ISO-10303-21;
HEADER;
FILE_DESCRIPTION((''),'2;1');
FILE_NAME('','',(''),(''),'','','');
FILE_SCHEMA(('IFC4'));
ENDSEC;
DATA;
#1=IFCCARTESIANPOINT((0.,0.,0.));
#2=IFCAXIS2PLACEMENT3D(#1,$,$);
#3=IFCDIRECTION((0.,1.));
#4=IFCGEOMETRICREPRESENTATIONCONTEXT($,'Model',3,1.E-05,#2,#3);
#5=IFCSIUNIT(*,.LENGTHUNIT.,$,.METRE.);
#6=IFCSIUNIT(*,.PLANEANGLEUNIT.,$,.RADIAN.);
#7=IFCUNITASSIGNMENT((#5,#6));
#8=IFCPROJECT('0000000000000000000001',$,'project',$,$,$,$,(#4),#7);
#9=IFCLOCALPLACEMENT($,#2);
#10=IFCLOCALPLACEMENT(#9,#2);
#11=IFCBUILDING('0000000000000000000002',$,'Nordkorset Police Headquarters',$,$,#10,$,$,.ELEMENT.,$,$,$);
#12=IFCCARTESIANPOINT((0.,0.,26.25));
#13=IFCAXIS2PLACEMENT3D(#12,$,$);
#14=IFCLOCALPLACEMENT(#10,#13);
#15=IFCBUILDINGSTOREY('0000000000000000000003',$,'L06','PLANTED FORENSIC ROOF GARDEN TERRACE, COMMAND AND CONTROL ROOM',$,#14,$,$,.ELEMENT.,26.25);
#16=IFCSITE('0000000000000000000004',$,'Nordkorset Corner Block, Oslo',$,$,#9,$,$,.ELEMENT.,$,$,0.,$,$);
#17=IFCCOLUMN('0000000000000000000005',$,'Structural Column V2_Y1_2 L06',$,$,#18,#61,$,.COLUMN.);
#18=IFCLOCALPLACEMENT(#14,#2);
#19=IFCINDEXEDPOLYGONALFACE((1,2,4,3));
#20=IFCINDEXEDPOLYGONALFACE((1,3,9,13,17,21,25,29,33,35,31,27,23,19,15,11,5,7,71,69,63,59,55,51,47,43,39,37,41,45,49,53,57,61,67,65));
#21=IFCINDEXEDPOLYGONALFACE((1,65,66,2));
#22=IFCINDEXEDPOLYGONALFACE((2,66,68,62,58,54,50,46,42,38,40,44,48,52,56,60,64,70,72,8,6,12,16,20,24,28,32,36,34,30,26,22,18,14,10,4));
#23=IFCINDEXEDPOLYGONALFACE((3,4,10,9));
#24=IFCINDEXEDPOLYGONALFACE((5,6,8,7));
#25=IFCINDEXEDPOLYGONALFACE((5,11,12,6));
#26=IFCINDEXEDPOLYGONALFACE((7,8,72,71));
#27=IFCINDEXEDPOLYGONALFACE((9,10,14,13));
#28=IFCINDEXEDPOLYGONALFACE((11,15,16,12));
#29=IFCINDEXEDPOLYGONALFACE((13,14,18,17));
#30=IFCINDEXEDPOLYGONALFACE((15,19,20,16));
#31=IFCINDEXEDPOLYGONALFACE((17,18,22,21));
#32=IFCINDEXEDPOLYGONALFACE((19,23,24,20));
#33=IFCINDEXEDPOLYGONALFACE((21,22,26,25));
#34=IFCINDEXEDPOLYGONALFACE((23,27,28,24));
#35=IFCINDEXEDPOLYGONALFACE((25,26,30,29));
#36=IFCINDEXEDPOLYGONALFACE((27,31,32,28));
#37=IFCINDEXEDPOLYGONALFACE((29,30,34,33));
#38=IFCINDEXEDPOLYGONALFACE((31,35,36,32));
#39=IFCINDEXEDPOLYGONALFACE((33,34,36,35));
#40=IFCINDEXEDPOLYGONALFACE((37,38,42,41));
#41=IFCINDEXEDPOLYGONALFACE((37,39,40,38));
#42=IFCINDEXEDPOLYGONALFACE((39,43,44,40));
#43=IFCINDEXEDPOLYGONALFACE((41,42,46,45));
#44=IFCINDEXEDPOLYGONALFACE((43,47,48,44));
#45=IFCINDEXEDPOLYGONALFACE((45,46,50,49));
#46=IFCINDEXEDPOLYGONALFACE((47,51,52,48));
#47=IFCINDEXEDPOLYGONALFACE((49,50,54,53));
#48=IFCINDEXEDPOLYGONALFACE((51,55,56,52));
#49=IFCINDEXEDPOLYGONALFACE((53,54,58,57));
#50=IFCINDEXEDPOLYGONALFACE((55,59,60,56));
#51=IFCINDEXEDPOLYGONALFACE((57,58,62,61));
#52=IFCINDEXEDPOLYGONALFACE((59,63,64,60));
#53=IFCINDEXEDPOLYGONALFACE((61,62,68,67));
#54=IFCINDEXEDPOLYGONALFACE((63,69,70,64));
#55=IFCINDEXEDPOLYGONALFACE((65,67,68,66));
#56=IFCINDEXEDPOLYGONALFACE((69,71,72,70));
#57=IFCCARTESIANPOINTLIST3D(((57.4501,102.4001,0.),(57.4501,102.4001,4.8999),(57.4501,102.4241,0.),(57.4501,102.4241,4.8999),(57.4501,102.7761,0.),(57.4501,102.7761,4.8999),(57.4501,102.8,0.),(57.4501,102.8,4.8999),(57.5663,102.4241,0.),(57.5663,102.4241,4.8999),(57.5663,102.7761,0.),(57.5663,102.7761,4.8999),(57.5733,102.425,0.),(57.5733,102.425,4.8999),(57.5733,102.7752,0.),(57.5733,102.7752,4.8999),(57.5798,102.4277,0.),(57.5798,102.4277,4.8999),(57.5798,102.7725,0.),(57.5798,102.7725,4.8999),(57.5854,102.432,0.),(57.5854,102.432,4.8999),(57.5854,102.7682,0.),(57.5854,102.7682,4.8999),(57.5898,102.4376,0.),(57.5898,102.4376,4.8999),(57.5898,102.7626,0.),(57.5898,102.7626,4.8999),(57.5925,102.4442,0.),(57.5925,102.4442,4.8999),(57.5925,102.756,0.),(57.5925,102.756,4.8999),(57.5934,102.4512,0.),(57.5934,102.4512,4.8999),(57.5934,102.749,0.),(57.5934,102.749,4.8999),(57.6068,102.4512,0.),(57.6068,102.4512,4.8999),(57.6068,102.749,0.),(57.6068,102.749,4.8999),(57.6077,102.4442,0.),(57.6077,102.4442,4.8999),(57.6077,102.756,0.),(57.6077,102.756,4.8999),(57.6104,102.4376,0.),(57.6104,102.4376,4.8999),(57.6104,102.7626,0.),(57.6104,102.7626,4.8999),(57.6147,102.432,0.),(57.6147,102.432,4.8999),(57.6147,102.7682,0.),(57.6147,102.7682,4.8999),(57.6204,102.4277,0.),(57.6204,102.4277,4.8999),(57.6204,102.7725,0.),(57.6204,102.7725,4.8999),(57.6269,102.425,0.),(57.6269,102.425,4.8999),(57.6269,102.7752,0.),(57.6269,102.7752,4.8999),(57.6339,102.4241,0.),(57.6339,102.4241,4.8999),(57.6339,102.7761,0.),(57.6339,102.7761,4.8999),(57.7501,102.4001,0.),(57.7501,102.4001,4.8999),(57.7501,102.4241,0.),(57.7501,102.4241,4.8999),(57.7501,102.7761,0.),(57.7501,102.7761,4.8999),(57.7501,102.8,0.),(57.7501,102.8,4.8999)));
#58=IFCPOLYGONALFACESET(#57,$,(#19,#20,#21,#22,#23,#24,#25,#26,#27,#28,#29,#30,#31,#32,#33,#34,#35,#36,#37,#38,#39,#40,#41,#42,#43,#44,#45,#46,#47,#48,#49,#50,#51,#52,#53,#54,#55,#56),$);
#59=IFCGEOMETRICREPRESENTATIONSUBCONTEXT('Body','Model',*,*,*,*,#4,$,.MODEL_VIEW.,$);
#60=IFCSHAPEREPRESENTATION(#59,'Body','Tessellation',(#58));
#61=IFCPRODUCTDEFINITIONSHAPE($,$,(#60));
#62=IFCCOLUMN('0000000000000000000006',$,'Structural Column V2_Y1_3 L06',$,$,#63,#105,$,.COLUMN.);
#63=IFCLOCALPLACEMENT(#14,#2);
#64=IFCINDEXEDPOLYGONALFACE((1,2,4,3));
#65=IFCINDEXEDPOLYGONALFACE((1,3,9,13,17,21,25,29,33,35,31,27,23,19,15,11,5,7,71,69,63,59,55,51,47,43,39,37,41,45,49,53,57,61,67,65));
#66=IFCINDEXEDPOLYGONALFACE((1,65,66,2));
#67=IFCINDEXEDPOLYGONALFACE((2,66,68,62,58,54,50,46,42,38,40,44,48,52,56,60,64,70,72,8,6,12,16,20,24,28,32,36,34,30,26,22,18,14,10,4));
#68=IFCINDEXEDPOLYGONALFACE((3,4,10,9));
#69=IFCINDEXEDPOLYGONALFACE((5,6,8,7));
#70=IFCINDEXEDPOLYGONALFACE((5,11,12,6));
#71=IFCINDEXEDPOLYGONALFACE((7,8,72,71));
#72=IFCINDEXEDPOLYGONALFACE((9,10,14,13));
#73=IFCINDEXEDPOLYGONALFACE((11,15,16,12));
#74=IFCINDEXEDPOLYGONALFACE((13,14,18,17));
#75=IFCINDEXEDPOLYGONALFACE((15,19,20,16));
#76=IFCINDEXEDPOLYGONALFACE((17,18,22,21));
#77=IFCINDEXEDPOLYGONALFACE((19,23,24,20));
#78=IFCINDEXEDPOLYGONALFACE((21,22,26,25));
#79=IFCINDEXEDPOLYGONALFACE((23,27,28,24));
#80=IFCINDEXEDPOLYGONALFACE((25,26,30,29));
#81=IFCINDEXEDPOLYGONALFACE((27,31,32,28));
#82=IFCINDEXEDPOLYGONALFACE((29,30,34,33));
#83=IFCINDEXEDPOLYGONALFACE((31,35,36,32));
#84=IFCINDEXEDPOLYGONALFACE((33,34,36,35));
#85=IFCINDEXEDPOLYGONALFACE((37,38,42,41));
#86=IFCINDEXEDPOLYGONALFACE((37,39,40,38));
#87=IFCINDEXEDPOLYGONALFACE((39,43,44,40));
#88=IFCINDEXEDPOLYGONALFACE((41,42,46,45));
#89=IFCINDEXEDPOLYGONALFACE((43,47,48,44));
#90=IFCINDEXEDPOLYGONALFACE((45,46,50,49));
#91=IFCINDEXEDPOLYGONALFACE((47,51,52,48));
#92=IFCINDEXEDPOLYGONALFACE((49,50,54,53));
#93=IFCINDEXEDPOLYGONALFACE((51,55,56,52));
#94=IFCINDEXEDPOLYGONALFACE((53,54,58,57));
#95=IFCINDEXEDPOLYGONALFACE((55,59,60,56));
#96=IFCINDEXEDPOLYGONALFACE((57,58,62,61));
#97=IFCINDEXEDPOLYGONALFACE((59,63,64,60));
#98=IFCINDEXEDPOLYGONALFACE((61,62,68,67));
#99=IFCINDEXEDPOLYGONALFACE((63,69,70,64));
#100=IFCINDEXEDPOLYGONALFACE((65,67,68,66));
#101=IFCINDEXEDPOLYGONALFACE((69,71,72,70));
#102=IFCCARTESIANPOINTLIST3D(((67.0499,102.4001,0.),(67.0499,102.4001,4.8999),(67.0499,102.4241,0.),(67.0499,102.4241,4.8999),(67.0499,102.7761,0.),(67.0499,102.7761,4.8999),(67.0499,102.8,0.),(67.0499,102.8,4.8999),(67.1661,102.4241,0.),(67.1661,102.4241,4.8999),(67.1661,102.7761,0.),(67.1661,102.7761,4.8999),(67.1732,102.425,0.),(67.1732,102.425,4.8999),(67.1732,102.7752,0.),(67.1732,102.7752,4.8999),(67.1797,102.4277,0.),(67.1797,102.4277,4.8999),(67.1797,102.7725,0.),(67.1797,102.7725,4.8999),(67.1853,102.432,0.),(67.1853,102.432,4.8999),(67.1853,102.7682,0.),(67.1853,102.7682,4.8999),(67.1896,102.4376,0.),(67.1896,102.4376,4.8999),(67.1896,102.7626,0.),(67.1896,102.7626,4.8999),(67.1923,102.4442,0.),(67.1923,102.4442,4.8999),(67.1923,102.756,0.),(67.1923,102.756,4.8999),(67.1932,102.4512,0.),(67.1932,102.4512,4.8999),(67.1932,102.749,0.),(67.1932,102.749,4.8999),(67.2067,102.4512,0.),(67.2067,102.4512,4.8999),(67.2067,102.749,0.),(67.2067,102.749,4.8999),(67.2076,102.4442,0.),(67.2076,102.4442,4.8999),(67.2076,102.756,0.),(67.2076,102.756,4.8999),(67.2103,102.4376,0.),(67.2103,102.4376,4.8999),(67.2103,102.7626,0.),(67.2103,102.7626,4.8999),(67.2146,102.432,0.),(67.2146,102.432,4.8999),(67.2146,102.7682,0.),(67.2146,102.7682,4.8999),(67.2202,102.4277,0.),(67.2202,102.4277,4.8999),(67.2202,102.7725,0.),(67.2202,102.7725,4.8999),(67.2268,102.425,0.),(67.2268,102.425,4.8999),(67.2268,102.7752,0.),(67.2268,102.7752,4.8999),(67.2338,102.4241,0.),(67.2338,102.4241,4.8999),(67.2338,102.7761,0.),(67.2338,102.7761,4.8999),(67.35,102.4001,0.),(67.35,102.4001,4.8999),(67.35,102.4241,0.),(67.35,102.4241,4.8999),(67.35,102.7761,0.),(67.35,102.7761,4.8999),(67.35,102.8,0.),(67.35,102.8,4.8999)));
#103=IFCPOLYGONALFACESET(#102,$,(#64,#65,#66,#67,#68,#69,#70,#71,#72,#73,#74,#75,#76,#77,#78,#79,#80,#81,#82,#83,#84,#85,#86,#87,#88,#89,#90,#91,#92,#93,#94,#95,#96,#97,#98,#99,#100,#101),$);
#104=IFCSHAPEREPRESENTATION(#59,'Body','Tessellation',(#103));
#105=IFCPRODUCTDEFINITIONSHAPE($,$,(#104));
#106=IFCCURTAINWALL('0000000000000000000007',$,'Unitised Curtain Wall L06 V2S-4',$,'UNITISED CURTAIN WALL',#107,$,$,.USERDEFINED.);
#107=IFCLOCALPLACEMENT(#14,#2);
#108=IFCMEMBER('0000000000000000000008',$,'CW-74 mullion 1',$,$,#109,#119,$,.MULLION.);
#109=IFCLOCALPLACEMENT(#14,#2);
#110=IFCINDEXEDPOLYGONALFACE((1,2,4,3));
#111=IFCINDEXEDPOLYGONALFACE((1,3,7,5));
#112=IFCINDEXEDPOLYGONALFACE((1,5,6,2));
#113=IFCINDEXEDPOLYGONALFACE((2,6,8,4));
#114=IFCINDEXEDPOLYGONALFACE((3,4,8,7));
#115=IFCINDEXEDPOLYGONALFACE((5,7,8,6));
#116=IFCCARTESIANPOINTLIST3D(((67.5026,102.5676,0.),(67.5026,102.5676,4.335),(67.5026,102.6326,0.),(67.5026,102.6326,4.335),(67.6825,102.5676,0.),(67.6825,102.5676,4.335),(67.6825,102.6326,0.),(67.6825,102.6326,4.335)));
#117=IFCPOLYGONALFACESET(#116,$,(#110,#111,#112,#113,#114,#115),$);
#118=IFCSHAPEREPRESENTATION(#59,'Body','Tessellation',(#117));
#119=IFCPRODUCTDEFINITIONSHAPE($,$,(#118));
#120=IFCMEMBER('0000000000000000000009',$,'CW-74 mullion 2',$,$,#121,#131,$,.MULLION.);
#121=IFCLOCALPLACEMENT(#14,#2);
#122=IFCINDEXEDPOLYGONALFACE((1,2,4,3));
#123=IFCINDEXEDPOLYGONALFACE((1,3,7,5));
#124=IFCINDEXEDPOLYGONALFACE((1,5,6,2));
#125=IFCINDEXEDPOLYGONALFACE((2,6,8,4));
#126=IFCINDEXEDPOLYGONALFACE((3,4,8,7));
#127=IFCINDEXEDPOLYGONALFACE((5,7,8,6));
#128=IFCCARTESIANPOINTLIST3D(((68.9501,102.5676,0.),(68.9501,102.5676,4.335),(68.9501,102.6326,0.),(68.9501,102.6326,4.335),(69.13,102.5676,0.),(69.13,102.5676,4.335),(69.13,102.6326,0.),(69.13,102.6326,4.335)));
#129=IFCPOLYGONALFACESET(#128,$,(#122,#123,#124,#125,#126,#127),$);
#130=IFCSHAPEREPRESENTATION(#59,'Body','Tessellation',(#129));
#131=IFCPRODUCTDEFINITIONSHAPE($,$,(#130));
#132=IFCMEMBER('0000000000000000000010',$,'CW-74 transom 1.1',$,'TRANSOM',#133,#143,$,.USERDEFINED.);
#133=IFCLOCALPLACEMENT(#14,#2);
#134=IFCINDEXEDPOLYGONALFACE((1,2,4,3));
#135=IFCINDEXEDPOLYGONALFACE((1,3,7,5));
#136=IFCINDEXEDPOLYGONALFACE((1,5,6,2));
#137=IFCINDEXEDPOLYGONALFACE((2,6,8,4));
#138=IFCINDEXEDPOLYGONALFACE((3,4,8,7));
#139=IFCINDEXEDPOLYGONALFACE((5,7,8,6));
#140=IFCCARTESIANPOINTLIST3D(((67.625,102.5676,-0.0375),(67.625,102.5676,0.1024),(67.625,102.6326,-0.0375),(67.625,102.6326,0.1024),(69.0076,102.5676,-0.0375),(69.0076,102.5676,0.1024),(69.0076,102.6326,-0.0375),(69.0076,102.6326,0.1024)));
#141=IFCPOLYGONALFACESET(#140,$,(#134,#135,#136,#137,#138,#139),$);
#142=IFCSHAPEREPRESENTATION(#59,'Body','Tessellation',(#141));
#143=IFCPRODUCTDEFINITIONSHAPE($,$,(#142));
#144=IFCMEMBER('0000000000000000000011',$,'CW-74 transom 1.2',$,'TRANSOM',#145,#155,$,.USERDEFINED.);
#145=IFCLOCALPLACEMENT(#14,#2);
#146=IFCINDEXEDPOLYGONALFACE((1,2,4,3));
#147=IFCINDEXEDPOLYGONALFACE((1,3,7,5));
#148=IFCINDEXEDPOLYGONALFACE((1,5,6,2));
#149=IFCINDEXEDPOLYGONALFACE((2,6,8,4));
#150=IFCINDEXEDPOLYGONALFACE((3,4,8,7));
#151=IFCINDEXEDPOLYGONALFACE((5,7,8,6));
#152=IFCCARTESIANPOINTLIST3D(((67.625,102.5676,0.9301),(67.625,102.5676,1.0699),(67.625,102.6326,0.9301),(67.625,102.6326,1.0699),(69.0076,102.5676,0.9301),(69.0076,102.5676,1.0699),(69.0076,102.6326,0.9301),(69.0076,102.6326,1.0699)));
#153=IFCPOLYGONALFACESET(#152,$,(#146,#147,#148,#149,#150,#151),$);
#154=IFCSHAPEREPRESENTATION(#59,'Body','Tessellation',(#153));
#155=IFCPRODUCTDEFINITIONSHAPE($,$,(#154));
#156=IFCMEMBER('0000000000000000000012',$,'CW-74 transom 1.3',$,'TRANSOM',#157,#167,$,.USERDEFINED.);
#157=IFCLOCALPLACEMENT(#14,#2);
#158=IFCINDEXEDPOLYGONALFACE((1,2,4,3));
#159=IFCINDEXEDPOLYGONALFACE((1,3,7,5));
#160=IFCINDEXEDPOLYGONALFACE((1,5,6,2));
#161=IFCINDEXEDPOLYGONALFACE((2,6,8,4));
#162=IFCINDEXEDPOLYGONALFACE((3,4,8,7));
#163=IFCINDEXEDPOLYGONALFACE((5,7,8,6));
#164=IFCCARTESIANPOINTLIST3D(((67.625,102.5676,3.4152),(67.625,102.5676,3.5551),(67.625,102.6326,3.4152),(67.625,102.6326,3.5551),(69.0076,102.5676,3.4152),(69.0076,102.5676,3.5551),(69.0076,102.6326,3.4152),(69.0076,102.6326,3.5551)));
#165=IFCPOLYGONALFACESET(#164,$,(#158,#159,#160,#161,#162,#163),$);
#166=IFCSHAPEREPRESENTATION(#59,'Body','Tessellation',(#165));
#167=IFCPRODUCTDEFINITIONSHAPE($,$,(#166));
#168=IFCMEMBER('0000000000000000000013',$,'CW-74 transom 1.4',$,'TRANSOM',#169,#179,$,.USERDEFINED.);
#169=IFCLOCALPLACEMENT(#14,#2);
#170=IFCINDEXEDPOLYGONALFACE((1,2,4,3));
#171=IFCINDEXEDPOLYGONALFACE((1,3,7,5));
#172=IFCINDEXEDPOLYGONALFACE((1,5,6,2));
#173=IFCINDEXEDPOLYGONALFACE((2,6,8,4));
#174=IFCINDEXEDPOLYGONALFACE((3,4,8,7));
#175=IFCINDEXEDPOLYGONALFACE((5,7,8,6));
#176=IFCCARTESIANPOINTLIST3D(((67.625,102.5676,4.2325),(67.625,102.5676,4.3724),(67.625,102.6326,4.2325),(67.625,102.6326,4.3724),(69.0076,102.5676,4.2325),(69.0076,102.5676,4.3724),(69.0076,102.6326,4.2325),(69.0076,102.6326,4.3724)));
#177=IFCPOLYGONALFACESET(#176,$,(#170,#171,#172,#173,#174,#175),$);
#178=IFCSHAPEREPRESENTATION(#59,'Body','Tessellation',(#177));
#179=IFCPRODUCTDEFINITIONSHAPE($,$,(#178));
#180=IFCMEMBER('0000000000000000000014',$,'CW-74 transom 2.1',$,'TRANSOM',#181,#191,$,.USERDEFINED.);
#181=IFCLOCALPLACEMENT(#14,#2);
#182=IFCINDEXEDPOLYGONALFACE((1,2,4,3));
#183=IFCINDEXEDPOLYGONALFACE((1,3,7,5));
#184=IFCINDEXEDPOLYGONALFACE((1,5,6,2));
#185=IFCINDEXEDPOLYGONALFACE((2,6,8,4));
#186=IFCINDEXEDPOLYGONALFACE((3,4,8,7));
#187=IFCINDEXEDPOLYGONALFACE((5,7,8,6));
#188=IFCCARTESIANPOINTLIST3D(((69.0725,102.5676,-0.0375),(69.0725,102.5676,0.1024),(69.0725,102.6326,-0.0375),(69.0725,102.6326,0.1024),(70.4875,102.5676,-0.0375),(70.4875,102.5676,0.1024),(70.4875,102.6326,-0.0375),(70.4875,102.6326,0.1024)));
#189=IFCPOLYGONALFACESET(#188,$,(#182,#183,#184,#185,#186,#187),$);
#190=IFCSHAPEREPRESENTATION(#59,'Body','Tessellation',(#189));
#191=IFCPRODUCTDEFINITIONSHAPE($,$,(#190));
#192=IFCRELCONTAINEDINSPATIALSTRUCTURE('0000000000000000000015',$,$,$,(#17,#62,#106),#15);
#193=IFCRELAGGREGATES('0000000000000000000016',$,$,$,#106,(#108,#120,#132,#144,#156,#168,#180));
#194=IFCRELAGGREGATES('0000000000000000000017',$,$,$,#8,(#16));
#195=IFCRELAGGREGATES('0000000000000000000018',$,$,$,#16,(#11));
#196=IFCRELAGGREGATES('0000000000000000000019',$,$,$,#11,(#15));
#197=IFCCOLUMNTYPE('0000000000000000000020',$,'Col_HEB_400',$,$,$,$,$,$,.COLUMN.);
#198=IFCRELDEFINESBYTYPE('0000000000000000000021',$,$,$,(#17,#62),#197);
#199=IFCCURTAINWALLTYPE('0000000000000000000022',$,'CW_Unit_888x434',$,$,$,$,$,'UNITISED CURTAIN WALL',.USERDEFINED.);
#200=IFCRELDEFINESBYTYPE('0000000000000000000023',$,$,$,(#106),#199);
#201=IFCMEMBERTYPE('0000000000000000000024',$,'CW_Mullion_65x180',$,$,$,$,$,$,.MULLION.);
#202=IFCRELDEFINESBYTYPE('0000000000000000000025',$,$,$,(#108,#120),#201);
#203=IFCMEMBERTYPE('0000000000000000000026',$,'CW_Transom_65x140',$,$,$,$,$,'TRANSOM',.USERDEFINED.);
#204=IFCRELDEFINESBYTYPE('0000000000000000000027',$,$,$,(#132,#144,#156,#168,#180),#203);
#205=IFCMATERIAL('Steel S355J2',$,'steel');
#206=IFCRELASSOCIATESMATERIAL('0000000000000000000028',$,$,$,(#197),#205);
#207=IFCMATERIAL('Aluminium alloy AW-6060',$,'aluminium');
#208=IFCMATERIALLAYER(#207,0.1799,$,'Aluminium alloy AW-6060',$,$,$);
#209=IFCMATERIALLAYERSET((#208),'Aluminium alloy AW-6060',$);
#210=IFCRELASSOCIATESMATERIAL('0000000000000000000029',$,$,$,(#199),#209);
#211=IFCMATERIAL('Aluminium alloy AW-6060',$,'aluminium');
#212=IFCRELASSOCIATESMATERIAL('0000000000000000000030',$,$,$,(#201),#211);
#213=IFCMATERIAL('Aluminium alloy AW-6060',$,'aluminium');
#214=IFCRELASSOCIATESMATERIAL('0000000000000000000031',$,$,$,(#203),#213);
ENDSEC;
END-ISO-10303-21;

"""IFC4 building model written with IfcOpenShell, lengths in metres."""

from ifc_helpers import new_model, si_unit, direction, frame, origin, origin_2d, place, context, subcontext, project, spatial, rectangle, i_section, extrude, material, layer, layer_set, material_profile, profile_set, type_object, element, aggregate, save


model = new_model("IFC4")

# Units and contexts
model_context = context("Model", 3, precision=1e-05, world=origin(), true_north=direction((0.0, 1.0)))
body_context = subcontext(model_context, "Body", "Model", "MODEL_VIEW")
ifc_project = project(units=[si_unit("LENGTHUNIT", "METRE"), si_unit("PLANEANGLEUNIT", "RADIAN")], contexts=[model_context])

# Site, building, storey
site_placement = place(None, origin())
site = spatial("IfcSite", under=ifc_project, at=site_placement, Name="Nordkorset Corner Block, Oslo", CompositionType="ELEMENT", RefElevation=0.0)
building_placement = place(site_placement, origin())
building = spatial("IfcBuilding", under=site, at=building_placement, Name="Nordkorset Police Headquarters", CompositionType="ELEMENT")
storey_placement = place(building_placement, frame((0.0, 0.0, 26.25)))
storey = spatial("IfcBuildingStorey", under=building, at=storey_placement, Name="L06", Description="PLANTED FORENSIC ROOF GARDEN TERRACE, COMMAND AND CONTROL ROOM", CompositionType="ELEMENT", Elevation=26.25)

# Columns
ifc_material_1 = material(Name="Steel S355J2", Category="steel")
ifc_material_profile_1 = material_profile(ifc_material_1, i_section(OverallWidth=0.3, OverallDepth=0.3999, WebThickness=0.0134, FlangeThickness=0.0239, FilletRadius=0.0271, at=origin_2d()), Name="HEB 400")
ifc_profile_set_1 = profile_set([ifc_material_profile_1], Name="Steel S355J2")
column_type = type_object("IfcColumnType", Name="Col_HEB_400", PredefinedType="COLUMN", material=ifc_profile_set_1)
for number, where, z_axis, x_axis, name in (
    (1, (57.6001, 102.6001, 0.0), (0.0, 0.0, 1.0), (1.0, 0.0, 0.0), "Structural Column V2_Y1_2 L06"),
    (2, (67.2, 102.6001, 0.0), (0.0, 0.0, 1.0), (1.0, 0.0, 0.0), "Structural Column V2_Y1_3 L06"),
):
    element("IfcColumn", number, at=place(storey_placement, frame(where, z_axis=z_axis, x_axis=x_axis)), inside=storey, type_object=column_type, Name=name, PredefinedType="COLUMN", context=body_context, shape_type="SweptSolid", body=[
        extrude(i_section(OverallWidth=0.3, OverallDepth=0.3999, WebThickness=0.0134, FlangeThickness=0.0239, FilletRadius=0.0271, at=origin_2d()), origin(), (0.0, 0.0, 1.0), 4.8999),
    ])

# Curtain wall, members
ifc_material_2 = material(Name="Aluminium alloy AW-6060", Category="aluminium")
ifc_layer_1 = layer(ifc_material_2, 0.1799, Name="Aluminium alloy AW-6060")
ifc_layer_set_1 = layer_set([ifc_layer_1], Name="Aluminium alloy AW-6060")
curtain_wall_type = type_object("IfcCurtainWallType", Name="CW_Unit_888x434", ElementType="UNITISED CURTAIN WALL", PredefinedType="USERDEFINED", material=ifc_layer_set_1)
curtain_wall_placement = place(storey_placement, origin())
curtain_wall = element("IfcCurtainWall", 3, at=curtain_wall_placement, inside=storey, type_object=curtain_wall_type, Name="Unitised Curtain Wall L06 V2S-4", ObjectType="UNITISED CURTAIN WALL", PredefinedType="USERDEFINED")
ifc_material_3 = material(Name="Aluminium alloy AW-6060", Category="aluminium")
ifc_material_profile_2 = material_profile(ifc_material_3, rectangle(XDim=0.0649, YDim=0.1799, at=origin_2d()), Name="ALU MULL 65x180")
ifc_profile_set_2 = profile_set([ifc_material_profile_2], Name="Aluminium alloy AW-6060")
member_type_1 = type_object("IfcMemberType", Name="CW_Mullion_65x180", PredefinedType="MULLION", material=ifc_profile_set_2)
member_1_placement = place(storey_placement, frame((67.5925, 102.6001, 0.0), z_axis=(0.0, 0.0, 1.0), x_axis=(0.0, 1.0, 0.0)))
member_1 = element("IfcMember", 4, at=member_1_placement, type_object=member_type_1, Name="CW-74 mullion 1", PredefinedType="MULLION", context=body_context, shape_type="SweptSolid", body=[
    extrude(rectangle(XDim=0.0649, YDim=0.1799, at=origin_2d()), origin(), (0.0, 0.0, 1.0), 4.335),
])
member_2_placement = place(storey_placement, frame((69.04, 102.6001, 0.0), z_axis=(0.0, 0.0, 1.0), x_axis=(0.0, 1.0, 0.0)))
member_2 = element("IfcMember", 5, at=member_2_placement, type_object=member_type_1, Name="CW-74 mullion 2", PredefinedType="MULLION", context=body_context, shape_type="SweptSolid", body=[
    extrude(rectangle(XDim=0.0649, YDim=0.1799, at=origin_2d()), origin(), (0.0, 0.0, 1.0), 4.335),
])
ifc_material_4 = material(Name="Aluminium alloy AW-6060", Category="aluminium")
ifc_material_profile_3 = material_profile(ifc_material_4, rectangle(XDim=0.0649, YDim=0.1399, at=origin_2d()), Name="ALU TRAN 65x140")
ifc_profile_set_3 = profile_set([ifc_material_profile_3], Name="Aluminium alloy AW-6060")
member_type_2 = type_object("IfcMemberType", Name="CW_Transom_65x140", ElementType="TRANSOM", PredefinedType="USERDEFINED", material=ifc_profile_set_3)
member_3_placement = place(storey_placement, frame((67.625, 102.6001, 0.0325), z_axis=(1.0, 0.0, 0.0), x_axis=(0.0, 1.0, 0.0)))
member_3 = element("IfcMember", 6, at=member_3_placement, type_object=member_type_2, Name="CW-74 transom 1.1", ObjectType="TRANSOM", PredefinedType="USERDEFINED", context=body_context, shape_type="SweptSolid", body=[
    extrude(rectangle(XDim=0.0649, YDim=0.1399, at=origin_2d()), origin(), (0.0, 0.0, 1.0), 1.3826),
])
member_4_placement = place(storey_placement, frame((67.625, 102.6001, 1.0), z_axis=(1.0, 0.0, 0.0), x_axis=(0.0, 1.0, 0.0)))
member_4 = element("IfcMember", 7, at=member_4_placement, type_object=member_type_2, Name="CW-74 transom 1.2", ObjectType="TRANSOM", PredefinedType="USERDEFINED", context=body_context, shape_type="SweptSolid", body=[
    extrude(rectangle(XDim=0.0649, YDim=0.1399, at=origin_2d()), origin(), (0.0, 0.0, 1.0), 1.3826),
])
member_5_placement = place(storey_placement, frame((67.625, 102.6001, 3.4851), z_axis=(1.0, 0.0, 0.0), x_axis=(0.0, 1.0, 0.0)))
member_5 = element("IfcMember", 8, at=member_5_placement, type_object=member_type_2, Name="CW-74 transom 1.3", ObjectType="TRANSOM", PredefinedType="USERDEFINED", context=body_context, shape_type="SweptSolid", body=[
    extrude(rectangle(XDim=0.0649, YDim=0.1399, at=origin_2d()), origin(), (0.0, 0.0, 1.0), 1.3826),
])
member_6_placement = place(storey_placement, frame((67.625, 102.6001, 4.3025), z_axis=(1.0, 0.0, 0.0), x_axis=(0.0, 1.0, 0.0)))
member_6 = element("IfcMember", 9, at=member_6_placement, type_object=member_type_2, Name="CW-74 transom 1.4", ObjectType="TRANSOM", PredefinedType="USERDEFINED", context=body_context, shape_type="SweptSolid", body=[
    extrude(rectangle(XDim=0.0649, YDim=0.1399, at=origin_2d()), origin(), (0.0, 0.0, 1.0), 1.3826),
])
member_7_placement = place(storey_placement, frame((69.0725, 102.6001, 0.0325), z_axis=(1.0, 0.0, 0.0), x_axis=(0.0, 1.0, 0.0)))
member_7 = element("IfcMember", 10, at=member_7_placement, type_object=member_type_2, Name="CW-74 transom 2.1", ObjectType="TRANSOM", PredefinedType="USERDEFINED", context=body_context, shape_type="SweptSolid", body=[
    extrude(rectangle(XDim=0.0649, YDim=0.1399, at=origin_2d()), origin(), (0.0, 0.0, 1.0), 1.415),
])

aggregate(curtain_wall, [member_1, member_2, member_3, member_4, member_5, member_6, member_7])

save(model, "model.ifc")
